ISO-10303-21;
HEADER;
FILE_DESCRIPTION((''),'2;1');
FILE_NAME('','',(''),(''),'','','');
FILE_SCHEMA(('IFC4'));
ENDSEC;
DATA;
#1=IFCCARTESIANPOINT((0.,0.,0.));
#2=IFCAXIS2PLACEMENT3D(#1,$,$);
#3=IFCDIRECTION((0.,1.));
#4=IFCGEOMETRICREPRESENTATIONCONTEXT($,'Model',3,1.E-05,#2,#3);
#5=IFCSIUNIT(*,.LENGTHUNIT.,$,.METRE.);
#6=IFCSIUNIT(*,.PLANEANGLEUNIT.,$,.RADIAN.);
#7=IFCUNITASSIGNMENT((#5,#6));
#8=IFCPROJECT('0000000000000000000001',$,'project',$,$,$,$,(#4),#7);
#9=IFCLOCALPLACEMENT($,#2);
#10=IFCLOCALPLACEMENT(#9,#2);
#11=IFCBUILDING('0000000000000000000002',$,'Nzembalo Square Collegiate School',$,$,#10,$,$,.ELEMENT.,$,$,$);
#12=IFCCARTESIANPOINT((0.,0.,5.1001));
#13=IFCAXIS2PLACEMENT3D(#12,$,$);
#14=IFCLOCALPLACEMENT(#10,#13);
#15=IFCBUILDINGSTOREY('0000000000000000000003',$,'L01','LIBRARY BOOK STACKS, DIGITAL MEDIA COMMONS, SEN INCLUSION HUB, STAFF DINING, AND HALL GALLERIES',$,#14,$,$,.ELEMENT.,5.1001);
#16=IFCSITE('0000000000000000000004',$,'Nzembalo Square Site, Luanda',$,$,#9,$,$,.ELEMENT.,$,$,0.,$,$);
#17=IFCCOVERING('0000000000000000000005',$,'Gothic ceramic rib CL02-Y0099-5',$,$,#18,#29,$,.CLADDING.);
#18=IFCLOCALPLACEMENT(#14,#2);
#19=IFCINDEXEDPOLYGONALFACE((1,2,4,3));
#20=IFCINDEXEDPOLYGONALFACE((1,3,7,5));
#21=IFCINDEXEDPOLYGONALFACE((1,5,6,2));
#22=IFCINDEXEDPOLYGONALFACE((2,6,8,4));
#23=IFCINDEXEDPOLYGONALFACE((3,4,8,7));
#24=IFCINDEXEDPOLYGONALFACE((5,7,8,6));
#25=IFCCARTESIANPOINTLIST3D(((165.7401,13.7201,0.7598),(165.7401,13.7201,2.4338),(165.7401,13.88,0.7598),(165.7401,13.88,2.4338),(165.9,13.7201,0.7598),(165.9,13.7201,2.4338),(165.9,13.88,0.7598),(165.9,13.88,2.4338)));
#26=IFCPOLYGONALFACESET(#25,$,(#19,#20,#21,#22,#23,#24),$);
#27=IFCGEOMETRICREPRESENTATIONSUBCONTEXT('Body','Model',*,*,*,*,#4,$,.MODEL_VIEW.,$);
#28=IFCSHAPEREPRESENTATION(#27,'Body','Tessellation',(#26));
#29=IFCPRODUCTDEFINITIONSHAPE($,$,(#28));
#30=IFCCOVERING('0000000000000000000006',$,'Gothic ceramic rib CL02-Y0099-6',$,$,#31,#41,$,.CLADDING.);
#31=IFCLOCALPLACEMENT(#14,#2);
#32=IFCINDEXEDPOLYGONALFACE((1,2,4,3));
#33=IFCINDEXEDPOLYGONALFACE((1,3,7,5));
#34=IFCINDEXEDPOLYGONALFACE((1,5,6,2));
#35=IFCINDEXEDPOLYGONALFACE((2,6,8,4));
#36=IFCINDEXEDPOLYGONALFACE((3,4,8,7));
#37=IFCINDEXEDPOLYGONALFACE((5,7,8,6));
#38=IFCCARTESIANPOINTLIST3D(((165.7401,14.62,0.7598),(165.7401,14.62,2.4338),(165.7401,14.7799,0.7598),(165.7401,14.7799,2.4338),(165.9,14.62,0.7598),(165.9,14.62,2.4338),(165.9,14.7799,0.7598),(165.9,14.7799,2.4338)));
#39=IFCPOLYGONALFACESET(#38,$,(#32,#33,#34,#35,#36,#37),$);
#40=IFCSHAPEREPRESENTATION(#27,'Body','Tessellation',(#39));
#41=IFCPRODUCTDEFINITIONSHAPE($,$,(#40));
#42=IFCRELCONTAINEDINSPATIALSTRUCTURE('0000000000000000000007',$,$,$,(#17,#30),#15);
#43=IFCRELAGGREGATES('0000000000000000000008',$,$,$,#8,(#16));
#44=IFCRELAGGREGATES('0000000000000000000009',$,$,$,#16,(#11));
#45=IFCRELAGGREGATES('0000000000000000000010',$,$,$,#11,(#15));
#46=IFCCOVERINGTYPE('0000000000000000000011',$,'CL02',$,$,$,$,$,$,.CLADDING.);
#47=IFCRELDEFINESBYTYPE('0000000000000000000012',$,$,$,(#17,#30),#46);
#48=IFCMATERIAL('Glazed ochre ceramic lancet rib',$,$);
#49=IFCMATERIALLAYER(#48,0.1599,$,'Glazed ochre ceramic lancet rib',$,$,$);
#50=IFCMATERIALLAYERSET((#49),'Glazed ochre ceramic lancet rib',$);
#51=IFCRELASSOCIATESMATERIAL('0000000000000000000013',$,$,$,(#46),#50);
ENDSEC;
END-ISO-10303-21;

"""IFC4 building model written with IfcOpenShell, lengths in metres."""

from ifc_helpers import new_model, si_unit, direction, frame, origin, origin_2d, place, context, subcontext, project, spatial, rectangle, extrude, material, layer, layer_set, type_object, element, save


model = new_model("IFC4")

# Units and contexts
model_context = context("Model", 3, precision=1e-05, world=origin(), true_north=direction((0.0, 1.0)))
body_context = subcontext(model_context, "Body", "Model", "MODEL_VIEW")
ifc_project = project(units=[si_unit("LENGTHUNIT", "METRE"), si_unit("PLANEANGLEUNIT", "RADIAN")], contexts=[model_context])

# Site, building, storey
site_placement = place(None, origin())
site = spatial("IfcSite", under=ifc_project, at=site_placement, Name="Nzembalo Square Site, Luanda", CompositionType="ELEMENT", RefElevation=0.0)
building_placement = place(site_placement, origin())
building = spatial("IfcBuilding", under=site, at=building_placement, Name="Nzembalo Square Collegiate School", CompositionType="ELEMENT")
storey_placement = place(building_placement, frame((0.0, 0.0, 5.1001)))
storey = spatial("IfcBuildingStorey", under=building, at=storey_placement, Name="L01", Description="LIBRARY BOOK STACKS, DIGITAL MEDIA COMMONS, SEN INCLUSION HUB, STAFF DINING, AND HALL GALLERIES", CompositionType="ELEMENT", Elevation=5.1001)

# Coverings
ifc_material_1 = material(Name="Glazed ochre ceramic lancet rib")
ifc_layer_1 = layer(ifc_material_1, 0.1599, Name="Glazed ochre ceramic lancet rib")
ifc_layer_set_1 = layer_set([ifc_layer_1], Name="Glazed ochre ceramic lancet rib")
covering_type_1 = type_object("IfcCoveringType", Name="CL02", PredefinedType="CLADDING", material=ifc_layer_set_1)
for number, where, z_axis, x_axis, name in (
    (1, (165.8201, 13.8, 0.7598), (0.0, 0.0, 1.0), (1.0, 0.0, 0.0), "Gothic ceramic rib CL02-Y0099-5"),
    (2, (165.8201, 14.7, 0.7598), (0.0, 0.0, 1.0), (1.0, 0.0, 0.0), "Gothic ceramic rib CL02-Y0099-6"),
):
    element("IfcCovering", number, at=place(storey_placement, frame(where, z_axis=z_axis, x_axis=x_axis)), inside=storey, type_object=covering_type_1, Name=name, PredefinedType="CLADDING", context=body_context, shape_type="SweptSolid", body=[
        extrude(rectangle(XDim=0.1599, YDim=0.1599, at=origin_2d()), origin(), (0.0, 0.0, 1.0), 1.6741),
    ])

save(model, "model.ifc")
